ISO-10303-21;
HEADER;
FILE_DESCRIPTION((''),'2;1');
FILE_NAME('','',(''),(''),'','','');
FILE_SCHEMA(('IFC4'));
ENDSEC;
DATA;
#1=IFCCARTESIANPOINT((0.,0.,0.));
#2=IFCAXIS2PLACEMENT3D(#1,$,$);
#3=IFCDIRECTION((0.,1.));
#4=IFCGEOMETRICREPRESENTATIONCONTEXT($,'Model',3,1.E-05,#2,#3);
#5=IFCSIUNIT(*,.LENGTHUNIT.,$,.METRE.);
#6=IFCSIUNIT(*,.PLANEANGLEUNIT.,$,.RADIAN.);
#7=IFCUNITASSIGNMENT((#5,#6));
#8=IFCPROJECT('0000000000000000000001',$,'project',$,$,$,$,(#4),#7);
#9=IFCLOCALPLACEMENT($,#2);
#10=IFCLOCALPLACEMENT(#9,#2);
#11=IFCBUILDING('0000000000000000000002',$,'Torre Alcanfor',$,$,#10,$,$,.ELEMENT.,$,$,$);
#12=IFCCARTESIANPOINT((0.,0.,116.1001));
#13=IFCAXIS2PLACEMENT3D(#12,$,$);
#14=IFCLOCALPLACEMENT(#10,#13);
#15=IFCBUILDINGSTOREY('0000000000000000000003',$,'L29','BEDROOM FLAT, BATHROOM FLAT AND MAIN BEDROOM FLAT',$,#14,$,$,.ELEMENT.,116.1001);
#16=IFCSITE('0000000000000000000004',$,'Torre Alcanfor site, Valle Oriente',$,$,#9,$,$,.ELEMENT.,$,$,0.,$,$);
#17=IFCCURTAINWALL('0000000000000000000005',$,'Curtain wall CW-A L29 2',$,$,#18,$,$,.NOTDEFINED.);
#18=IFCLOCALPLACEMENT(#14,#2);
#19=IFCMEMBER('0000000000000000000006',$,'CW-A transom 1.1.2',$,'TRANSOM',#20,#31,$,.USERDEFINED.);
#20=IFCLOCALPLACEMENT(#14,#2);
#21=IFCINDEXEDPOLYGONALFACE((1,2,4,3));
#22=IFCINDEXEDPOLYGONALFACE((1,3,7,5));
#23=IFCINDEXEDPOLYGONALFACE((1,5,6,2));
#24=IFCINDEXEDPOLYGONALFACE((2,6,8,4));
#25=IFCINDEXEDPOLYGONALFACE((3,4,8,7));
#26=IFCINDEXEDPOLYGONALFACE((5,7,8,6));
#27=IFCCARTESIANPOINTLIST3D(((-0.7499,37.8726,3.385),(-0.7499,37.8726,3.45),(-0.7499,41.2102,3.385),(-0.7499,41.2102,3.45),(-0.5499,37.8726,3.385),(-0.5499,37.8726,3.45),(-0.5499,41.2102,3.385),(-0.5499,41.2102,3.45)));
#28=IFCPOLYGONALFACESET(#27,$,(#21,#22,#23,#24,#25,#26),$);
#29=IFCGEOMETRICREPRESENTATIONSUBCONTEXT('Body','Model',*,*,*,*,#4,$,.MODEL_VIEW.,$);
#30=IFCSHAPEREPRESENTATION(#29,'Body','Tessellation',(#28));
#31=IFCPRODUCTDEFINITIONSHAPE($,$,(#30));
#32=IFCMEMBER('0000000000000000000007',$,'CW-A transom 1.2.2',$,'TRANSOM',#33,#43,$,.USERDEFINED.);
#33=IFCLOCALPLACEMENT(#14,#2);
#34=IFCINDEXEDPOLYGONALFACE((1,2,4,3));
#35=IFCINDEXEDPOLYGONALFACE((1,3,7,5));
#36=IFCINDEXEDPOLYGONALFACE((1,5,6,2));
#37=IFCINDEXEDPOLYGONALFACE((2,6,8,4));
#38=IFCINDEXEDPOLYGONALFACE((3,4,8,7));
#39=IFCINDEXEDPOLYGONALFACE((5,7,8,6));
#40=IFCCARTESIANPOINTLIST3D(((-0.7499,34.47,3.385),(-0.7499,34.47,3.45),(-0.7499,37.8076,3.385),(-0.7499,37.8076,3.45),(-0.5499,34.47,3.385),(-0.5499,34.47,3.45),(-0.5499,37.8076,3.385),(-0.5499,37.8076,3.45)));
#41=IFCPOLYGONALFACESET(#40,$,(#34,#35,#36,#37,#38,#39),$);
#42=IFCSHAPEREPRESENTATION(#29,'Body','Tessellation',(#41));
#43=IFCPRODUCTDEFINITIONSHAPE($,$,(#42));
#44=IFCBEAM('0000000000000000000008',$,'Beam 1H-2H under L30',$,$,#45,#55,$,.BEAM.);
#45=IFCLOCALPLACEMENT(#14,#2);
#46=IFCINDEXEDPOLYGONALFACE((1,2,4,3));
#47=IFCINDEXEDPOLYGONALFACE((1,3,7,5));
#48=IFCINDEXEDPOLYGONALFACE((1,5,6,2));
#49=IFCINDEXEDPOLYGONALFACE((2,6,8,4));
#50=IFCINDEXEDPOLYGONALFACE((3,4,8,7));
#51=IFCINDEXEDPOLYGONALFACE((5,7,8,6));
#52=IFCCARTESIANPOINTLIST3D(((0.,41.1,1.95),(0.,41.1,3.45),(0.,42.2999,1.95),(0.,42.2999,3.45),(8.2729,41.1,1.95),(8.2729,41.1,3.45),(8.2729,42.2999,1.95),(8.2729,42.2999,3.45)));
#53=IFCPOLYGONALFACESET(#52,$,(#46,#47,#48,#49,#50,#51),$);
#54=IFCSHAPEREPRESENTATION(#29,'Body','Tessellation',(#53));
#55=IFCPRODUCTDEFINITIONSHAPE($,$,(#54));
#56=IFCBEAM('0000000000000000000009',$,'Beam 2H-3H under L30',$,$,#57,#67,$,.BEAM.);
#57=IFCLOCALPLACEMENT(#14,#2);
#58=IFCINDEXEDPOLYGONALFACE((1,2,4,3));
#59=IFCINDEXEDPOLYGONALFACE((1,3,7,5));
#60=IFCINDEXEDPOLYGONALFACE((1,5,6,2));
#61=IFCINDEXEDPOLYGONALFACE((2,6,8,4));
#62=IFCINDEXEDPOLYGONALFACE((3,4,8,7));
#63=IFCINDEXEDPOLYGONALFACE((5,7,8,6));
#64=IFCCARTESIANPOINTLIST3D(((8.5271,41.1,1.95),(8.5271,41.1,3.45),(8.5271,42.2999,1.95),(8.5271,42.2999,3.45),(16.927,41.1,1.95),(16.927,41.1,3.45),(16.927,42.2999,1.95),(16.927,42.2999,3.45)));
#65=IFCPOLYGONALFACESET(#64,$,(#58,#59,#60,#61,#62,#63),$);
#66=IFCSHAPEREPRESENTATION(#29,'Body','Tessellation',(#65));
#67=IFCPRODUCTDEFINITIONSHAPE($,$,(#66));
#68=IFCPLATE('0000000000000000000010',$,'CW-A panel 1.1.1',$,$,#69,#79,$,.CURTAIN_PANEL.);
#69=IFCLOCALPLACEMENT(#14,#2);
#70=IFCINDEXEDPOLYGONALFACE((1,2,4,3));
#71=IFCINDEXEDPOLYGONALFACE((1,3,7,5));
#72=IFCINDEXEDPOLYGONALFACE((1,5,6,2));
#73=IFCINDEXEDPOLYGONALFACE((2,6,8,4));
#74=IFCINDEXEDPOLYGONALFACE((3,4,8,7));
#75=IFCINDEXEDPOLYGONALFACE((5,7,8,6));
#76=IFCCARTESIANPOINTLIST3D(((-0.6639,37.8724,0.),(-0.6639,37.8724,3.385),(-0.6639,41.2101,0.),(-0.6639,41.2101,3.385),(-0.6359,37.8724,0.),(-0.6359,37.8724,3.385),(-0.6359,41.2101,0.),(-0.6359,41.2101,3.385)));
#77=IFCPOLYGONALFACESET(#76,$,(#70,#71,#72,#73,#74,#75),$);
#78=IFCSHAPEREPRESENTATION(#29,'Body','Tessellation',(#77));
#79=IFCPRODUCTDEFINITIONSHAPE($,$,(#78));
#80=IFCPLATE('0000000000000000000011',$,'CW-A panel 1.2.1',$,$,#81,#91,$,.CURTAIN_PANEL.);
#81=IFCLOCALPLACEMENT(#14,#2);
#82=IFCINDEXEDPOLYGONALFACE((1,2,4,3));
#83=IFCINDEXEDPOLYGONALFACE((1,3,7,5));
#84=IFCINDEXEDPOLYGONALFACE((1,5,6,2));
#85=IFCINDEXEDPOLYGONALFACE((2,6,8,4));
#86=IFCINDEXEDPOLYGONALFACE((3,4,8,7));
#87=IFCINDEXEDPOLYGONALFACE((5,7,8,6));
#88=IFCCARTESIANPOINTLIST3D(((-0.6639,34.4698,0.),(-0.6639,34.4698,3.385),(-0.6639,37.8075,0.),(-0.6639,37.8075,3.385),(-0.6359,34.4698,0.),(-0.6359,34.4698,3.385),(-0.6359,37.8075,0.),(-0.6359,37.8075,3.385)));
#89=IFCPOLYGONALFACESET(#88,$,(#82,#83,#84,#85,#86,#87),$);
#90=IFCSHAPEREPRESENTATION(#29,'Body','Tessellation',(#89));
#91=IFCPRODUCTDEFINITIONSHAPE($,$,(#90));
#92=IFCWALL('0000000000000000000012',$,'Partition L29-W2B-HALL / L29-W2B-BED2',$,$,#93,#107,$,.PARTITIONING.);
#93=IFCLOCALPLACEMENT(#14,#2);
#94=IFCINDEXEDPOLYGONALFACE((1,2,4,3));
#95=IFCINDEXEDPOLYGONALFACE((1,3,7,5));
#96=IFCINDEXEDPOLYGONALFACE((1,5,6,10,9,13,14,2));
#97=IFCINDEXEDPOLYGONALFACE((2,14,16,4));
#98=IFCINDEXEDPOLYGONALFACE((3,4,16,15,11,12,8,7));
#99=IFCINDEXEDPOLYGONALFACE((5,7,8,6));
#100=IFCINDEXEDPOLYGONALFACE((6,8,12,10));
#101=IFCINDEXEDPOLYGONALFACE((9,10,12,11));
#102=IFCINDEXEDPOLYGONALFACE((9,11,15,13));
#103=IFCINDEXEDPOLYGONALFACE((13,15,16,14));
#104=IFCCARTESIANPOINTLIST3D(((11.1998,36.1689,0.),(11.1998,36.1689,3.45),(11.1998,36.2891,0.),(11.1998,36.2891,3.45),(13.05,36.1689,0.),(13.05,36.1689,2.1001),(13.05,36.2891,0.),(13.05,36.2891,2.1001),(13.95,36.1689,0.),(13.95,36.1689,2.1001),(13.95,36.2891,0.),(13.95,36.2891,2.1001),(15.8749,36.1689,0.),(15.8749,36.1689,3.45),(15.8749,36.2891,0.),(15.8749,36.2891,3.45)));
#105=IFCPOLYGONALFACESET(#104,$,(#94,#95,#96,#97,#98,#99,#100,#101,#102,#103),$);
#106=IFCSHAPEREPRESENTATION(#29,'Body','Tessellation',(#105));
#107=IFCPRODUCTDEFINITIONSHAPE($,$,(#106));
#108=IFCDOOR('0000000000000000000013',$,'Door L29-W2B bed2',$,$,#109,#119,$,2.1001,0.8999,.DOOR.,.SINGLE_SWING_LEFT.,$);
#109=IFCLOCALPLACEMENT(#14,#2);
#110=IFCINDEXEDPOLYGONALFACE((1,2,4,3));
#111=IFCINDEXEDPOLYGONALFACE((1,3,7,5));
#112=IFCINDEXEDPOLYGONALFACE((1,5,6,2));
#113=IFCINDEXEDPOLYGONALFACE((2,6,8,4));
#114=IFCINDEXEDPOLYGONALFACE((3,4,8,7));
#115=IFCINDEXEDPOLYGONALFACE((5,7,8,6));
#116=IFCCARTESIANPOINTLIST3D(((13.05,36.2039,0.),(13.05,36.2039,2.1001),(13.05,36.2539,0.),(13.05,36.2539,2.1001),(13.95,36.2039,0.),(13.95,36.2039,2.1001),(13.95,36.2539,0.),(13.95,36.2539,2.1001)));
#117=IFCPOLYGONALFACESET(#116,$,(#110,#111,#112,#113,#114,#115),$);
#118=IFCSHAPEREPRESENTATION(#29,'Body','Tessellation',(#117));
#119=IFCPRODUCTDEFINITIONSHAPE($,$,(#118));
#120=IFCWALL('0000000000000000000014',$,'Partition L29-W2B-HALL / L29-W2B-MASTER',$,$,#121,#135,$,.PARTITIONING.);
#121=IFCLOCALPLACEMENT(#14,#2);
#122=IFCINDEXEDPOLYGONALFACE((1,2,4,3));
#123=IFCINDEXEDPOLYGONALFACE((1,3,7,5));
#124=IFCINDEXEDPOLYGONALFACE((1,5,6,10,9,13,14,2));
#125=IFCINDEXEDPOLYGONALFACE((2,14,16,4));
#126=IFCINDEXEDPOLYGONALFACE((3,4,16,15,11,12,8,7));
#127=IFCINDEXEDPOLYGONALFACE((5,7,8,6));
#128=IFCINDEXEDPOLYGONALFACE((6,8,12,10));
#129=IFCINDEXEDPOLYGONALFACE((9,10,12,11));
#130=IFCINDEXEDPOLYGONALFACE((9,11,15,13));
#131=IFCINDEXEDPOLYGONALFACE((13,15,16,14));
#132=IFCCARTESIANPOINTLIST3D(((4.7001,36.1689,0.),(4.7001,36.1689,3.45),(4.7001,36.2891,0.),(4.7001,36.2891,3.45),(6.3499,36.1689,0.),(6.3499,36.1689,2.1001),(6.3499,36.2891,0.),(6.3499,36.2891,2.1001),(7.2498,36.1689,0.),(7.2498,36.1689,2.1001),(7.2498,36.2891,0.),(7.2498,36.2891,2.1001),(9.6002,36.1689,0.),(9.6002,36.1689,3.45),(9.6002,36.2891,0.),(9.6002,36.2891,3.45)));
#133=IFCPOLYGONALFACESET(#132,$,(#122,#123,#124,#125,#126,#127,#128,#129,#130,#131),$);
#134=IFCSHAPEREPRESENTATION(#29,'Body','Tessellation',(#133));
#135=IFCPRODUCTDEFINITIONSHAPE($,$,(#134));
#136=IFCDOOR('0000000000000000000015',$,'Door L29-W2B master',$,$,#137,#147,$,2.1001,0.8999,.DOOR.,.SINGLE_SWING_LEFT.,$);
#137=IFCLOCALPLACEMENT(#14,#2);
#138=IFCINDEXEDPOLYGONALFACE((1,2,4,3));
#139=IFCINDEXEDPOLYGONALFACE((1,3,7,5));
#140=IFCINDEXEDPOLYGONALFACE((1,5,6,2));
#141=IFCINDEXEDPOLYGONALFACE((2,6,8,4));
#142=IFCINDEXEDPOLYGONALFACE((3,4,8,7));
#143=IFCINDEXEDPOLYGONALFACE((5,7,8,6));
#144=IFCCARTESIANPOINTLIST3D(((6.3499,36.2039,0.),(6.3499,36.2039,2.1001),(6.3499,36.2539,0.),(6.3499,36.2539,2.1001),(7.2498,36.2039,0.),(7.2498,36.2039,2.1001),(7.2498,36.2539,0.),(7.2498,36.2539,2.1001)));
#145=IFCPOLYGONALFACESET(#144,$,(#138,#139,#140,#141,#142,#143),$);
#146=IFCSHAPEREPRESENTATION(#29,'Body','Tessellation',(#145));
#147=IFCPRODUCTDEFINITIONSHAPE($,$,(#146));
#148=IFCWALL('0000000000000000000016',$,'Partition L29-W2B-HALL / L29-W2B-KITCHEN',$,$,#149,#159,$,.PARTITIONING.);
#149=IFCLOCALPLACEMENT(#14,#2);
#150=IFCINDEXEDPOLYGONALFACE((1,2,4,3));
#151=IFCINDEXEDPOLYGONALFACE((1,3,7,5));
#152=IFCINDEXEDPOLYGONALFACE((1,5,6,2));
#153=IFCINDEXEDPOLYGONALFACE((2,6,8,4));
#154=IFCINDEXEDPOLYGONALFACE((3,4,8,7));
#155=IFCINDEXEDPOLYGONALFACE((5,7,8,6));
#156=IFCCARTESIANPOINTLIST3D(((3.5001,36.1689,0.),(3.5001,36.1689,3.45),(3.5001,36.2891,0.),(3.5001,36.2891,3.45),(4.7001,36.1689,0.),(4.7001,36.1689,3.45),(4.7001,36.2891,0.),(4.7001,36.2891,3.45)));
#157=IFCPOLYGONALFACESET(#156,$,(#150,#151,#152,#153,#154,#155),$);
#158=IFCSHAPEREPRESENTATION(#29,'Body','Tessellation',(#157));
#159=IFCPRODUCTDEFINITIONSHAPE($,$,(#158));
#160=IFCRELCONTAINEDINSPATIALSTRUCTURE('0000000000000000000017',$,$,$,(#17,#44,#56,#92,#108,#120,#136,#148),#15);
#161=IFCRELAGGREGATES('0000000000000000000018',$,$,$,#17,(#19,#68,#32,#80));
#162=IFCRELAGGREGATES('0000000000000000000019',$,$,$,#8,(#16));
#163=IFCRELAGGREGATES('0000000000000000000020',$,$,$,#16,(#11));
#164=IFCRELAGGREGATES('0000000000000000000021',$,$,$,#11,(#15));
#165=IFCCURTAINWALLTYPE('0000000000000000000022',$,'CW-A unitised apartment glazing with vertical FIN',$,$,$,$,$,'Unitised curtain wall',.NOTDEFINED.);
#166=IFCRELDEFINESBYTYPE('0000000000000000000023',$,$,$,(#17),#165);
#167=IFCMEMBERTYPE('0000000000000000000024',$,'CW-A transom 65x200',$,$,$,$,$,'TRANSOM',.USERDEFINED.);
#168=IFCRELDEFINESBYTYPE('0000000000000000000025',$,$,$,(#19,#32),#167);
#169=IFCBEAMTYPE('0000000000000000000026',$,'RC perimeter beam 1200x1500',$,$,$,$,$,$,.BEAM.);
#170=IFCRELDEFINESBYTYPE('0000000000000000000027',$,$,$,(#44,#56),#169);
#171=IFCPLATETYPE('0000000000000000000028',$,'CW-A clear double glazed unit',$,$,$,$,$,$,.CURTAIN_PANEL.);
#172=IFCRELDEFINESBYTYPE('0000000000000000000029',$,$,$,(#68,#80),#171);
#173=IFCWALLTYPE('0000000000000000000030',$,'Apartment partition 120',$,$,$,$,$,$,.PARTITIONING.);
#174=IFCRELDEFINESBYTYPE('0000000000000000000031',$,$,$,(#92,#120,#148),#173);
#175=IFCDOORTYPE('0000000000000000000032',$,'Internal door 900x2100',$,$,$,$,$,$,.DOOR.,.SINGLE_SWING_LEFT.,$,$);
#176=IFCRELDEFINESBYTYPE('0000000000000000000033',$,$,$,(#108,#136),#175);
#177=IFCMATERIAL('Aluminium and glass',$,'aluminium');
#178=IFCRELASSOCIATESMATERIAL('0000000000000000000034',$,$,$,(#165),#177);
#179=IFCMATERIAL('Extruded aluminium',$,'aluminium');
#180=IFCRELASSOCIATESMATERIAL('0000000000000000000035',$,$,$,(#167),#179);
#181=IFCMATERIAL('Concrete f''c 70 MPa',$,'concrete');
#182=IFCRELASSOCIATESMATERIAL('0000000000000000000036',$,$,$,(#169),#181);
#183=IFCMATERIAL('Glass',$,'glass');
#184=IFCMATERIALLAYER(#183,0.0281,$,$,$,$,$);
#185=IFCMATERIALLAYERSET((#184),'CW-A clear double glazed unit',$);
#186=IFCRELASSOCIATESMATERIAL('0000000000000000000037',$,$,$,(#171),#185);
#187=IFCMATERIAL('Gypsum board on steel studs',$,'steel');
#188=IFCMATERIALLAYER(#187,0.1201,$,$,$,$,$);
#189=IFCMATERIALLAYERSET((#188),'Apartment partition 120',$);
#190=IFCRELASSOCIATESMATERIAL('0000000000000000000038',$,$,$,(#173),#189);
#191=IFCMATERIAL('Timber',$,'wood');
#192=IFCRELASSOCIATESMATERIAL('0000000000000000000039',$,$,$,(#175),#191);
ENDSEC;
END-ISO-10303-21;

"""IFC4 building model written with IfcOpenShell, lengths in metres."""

from ifc_helpers import new_model, si_unit, direction, frame, frame_2d, origin, origin_2d, place, context, subcontext, project, spatial, rectangle, extrude, material, layer, layer_set, material_profile, profile_set, type_object, element, fill, aggregate, save


model = new_model("IFC4")

# Units and contexts
model_context = context("Model", 3, precision=1e-05, world=origin(), true_north=direction((0.0, 1.0)))
body_context = subcontext(model_context, "Body", "Model", "MODEL_VIEW")
ifc_project = project(units=[si_unit("LENGTHUNIT", "METRE"), si_unit("PLANEANGLEUNIT", "RADIAN")], contexts=[model_context])

# Site, building, storey
site_placement = place(None, origin())
site = spatial("IfcSite", under=ifc_project, at=site_placement, Name="Torre Alcanfor site, Valle Oriente", CompositionType="ELEMENT", RefElevation=0.0)
building_placement = place(site_placement, origin())
building = spatial("IfcBuilding", under=site, at=building_placement, Name="Torre Alcanfor", CompositionType="ELEMENT")
storey_placement = place(building_placement, frame((0.0, 0.0, 116.1001)))
storey = spatial("IfcBuildingStorey", under=building, at=storey_placement, Name="L29", Description="BEDROOM FLAT, BATHROOM FLAT AND MAIN BEDROOM FLAT", CompositionType="ELEMENT", Elevation=116.1001)

# Curtain wall, members
ifc_material_1 = material(Name="Aluminium and glass", Category="aluminium")
curtain_wall_type = type_object("IfcCurtainWallType", Name="CW-A unitised apartment glazing with vertical FIN", ElementType="Unitised curtain wall", PredefinedType="NOTDEFINED", material=ifc_material_1)
curtain_wall_placement = place(storey_placement, origin())
curtain_wall = element("IfcCurtainWall", 1, at=curtain_wall_placement, inside=storey, type_object=curtain_wall_type, Name="Curtain wall CW-A L29 2", PredefinedType="NOTDEFINED")
ifc_material_2 = material(Name="Extruded aluminium", Category="aluminium")
ifc_material_profile_1 = material_profile(ifc_material_2, rectangle(XDim=0.2, YDim=0.0649, at=origin_2d()), Name="CW-A transom 200x65")
ifc_profile_set_1 = profile_set([ifc_material_profile_1], Name="Extruded aluminium")
member_type_1 = type_object("IfcMemberType", Name="CW-A transom 65x200", ElementType="TRANSOM", PredefinedType="USERDEFINED", material=ifc_profile_set_1)
member_1_placement = place(storey_placement, frame((-0.6499, 41.2102, 3.4175), z_axis=(0.0, -1.0, 0.0), x_axis=(1.0, 0.0, 0.0)))
member_1 = element("IfcMember", 2, at=member_1_placement, type_object=member_type_1, Name="CW-A transom 1.1.2", ObjectType="TRANSOM", PredefinedType="USERDEFINED", context=body_context, shape_type="SweptSolid", body=[
    extrude(rectangle(XDim=0.2, YDim=0.0649, at=origin_2d()), origin(), (0.0, 0.0, 1.0), 3.3376),
])
member_2_placement = place(storey_placement, frame((-0.6499, 37.8076, 3.4175), z_axis=(0.0, -1.0, 0.0), x_axis=(1.0, 0.0, 0.0)))
member_2 = element("IfcMember", 3, at=member_2_placement, type_object=member_type_1, Name="CW-A transom 1.2.2", ObjectType="TRANSOM", PredefinedType="USERDEFINED", context=body_context, shape_type="SweptSolid", body=[
    extrude(rectangle(XDim=0.2, YDim=0.0649, at=origin_2d()), origin(), (0.0, 0.0, 1.0), 3.3376),
])

# Beams
ifc_material_3 = material(Name="Concrete f'c 70 MPa", Category="concrete")
ifc_material_profile_2 = material_profile(ifc_material_3, rectangle(XDim=1.2, YDim=1.5, at=origin_2d()), Name="1200x1500")
ifc_profile_set_2 = profile_set([ifc_material_profile_2], Name="Concrete f'c 70 MPa")
beam_type_1 = type_object("IfcBeamType", Name="RC perimeter beam 1200x1500", PredefinedType="BEAM", material=ifc_profile_set_2)
beam_1_placement = place(storey_placement, frame((0.0, 41.7, 2.7), z_axis=(1.0, 0.0, 0.0), x_axis=(0.0, 1.0, 0.0)))
element("IfcBeam", 4, at=beam_1_placement, inside=storey, type_object=beam_type_1, Name="Beam 1H-2H under L30", PredefinedType="BEAM", context=body_context, shape_type="SweptSolid", body=[
    extrude(rectangle(XDim=1.2, YDim=1.5, at=origin_2d()), origin(), (0.0, 0.0, 1.0), 8.2729),
])
beam_2_placement = place(storey_placement, frame((8.5271, 41.7, 2.7), z_axis=(1.0, 0.0, 0.0), x_axis=(0.0, 1.0, 0.0)))
element("IfcBeam", 5, at=beam_2_placement, inside=storey, type_object=beam_type_1, Name="Beam 2H-3H under L30", PredefinedType="BEAM", context=body_context, shape_type="SweptSolid", body=[
    extrude(rectangle(XDim=1.2, YDim=1.5, at=origin_2d()), origin(), (0.0, 0.0, 1.0), 8.3999),
])

# Plates
ifc_material_4 = material(Name="Glass", Category="glass")
ifc_layer_1 = layer(ifc_material_4, 0.0281)
ifc_layer_set_1 = layer_set([ifc_layer_1], Name="CW-A clear double glazed unit")
plate_type = type_object("IfcPlateType", Name="CW-A clear double glazed unit", PredefinedType="CURTAIN_PANEL", material=ifc_layer_set_1)
plate_1_placement = place(storey_placement, frame((-0.6499, 39.5413, 0.0), z_axis=(0.0, 0.0, 1.0), x_axis=(0.0, -1.0, 0.0)))
plate_1 = element("IfcPlate", 6, at=plate_1_placement, type_object=plate_type, Name="CW-A panel 1.1.1", PredefinedType="CURTAIN_PANEL", context=body_context, shape_type="SweptSolid", body=[
    extrude(rectangle(XDim=3.3376, YDim=0.0281, at=origin_2d()), origin(), (0.0, 0.0, 1.0), 3.385),
])
plate_2_placement = place(storey_placement, frame((-0.6499, 36.1387, 0.0), z_axis=(0.0, 0.0, 1.0), x_axis=(0.0, -1.0, 0.0)))
plate_2 = element("IfcPlate", 7, at=plate_2_placement, type_object=plate_type, Name="CW-A panel 1.2.1", PredefinedType="CURTAIN_PANEL", context=body_context, shape_type="SweptSolid", body=[
    extrude(rectangle(XDim=3.3376, YDim=0.0281, at=origin_2d()), origin(), (0.0, 0.0, 1.0), 3.385),
])
aggregate(curtain_wall, [member_1, plate_1, member_2, plate_2])

# Walls, openings, doors
ifc_material_5 = material(Name="Gypsum board on steel studs", Category="steel")
ifc_layer_2 = layer(ifc_material_5, 0.1201)
ifc_layer_set_2 = layer_set([ifc_layer_2], Name="Apartment partition 120")
wall_type_1 = type_object("IfcWallType", Name="Apartment partition 120", PredefinedType="PARTITIONING", material=ifc_layer_set_2)
wall_1_placement = place(storey_placement, frame((11.2, 36.229, 0.0), z_axis=(0.0, 0.0, 1.0), x_axis=(1.0, 0.0, 0.0)))
wall_1 = element("IfcWall", 8, at=wall_1_placement, inside=storey, type_object=wall_type_1, Name="Partition L29-W2B-HALL / L29-W2B-BED2", PredefinedType="PARTITIONING", context=body_context, shape_type="SweptSolid", body=[
    extrude(rectangle(XDim=4.675, YDim=0.1201, at=frame_2d((2.3374, 0.0))), origin(), (0.0, 0.0, 1.0), 3.45),
])
opening_1_placement = place(wall_1_placement, frame((1.8501, 0.0, 0.0)))
opening_1 = element("IfcOpeningElement", 9, at=opening_1_placement, cuts=wall_1, PredefinedType="OPENING", context=body_context, shape_type="SweptSolid", body=[
    extrude(rectangle(XDim=0.8999, YDim=2.1001, at=frame_2d((0.45, 1.05))), frame((0.0, 0.0701, 0.0), z_axis=(0.0, -1.0, 0.0), x_axis=(1.0, 0.0, 0.0)), (0.0, 0.0, 1.0), 0.1401),
])
ifc_material_6 = material(Name="Timber", Category="wood")
door_type_1 = type_object("IfcDoorType", Name="Internal door 900x2100", OperationType="SINGLE_SWING_LEFT", PredefinedType="DOOR", material=ifc_material_6)
door_1_placement = place(opening_1_placement, origin())
door_1 = element("IfcDoor", 10, at=door_1_placement, inside=storey, type_object=door_type_1, Name="Door L29-W2B bed2", OperationType="SINGLE_SWING_LEFT", OverallHeight=2.1001, OverallWidth=0.8999, PredefinedType="DOOR", context=body_context, shape_type="SweptSolid", body=[
    extrude(rectangle(XDim=0.8999, YDim=2.1001, at=frame_2d((0.45, 1.05))), frame((0.0, 0.0249, 0.0), z_axis=(0.0, -1.0, 0.0), x_axis=(1.0, 0.0, 0.0)), (0.0, 0.0, 1.0), 0.05),
])
fill(opening_1, door_1)
wall_2_placement = place(storey_placement, frame((4.7, 36.229, 0.0), z_axis=(0.0, 0.0, 1.0), x_axis=(1.0, 0.0, 0.0)))
wall_2 = element("IfcWall", 11, at=wall_2_placement, inside=storey, type_object=wall_type_1, Name="Partition L29-W2B-HALL / L29-W2B-MASTER", PredefinedType="PARTITIONING", context=body_context, shape_type="SweptSolid", body=[
    extrude(rectangle(XDim=4.9001, YDim=0.1201, at=frame_2d((2.4502, 0.0))), origin(), (0.0, 0.0, 1.0), 3.45),
])
opening_2_placement = place(wall_2_placement, frame((1.6499, 0.0, 0.0)))
opening_2 = element("IfcOpeningElement", 12, at=opening_2_placement, cuts=wall_2, PredefinedType="OPENING", context=body_context, shape_type="SweptSolid", body=[
    extrude(rectangle(XDim=0.8999, YDim=2.1001, at=frame_2d((0.45, 1.05))), frame((0.0, 0.0701, 0.0), z_axis=(0.0, -1.0, 0.0), x_axis=(1.0, 0.0, 0.0)), (0.0, 0.0, 1.0), 0.1401),
])
door_2_placement = place(opening_2_placement, origin())
door_2 = element("IfcDoor", 13, at=door_2_placement, inside=storey, type_object=door_type_1, Name="Door L29-W2B master", OperationType="SINGLE_SWING_LEFT", OverallHeight=2.1001, OverallWidth=0.8999, PredefinedType="DOOR", context=body_context, shape_type="SweptSolid", body=[
    extrude(rectangle(XDim=0.8999, YDim=2.1001, at=frame_2d((0.45, 1.05))), frame((0.0, 0.0249, 0.0), z_axis=(0.0, -1.0, 0.0), x_axis=(1.0, 0.0, 0.0)), (0.0, 0.0, 1.0), 0.05),
])
fill(opening_2, door_2)

# Wall
wall_3_placement = place(storey_placement, frame((3.5, 36.229, 0.0), z_axis=(0.0, 0.0, 1.0), x_axis=(1.0, 0.0, 0.0)))
element("IfcWall", 14, at=wall_3_placement, inside=storey, type_object=wall_type_1, Name="Partition L29-W2B-HALL / L29-W2B-KITCHEN", PredefinedType="PARTITIONING", context=body_context, shape_type="SweptSolid", body=[
    extrude(rectangle(XDim=1.2, YDim=0.1201, at=frame_2d((0.6001, 0.0))), origin(), (0.0, 0.0, 1.0), 3.45),
])

save(model, "model.ifc")
